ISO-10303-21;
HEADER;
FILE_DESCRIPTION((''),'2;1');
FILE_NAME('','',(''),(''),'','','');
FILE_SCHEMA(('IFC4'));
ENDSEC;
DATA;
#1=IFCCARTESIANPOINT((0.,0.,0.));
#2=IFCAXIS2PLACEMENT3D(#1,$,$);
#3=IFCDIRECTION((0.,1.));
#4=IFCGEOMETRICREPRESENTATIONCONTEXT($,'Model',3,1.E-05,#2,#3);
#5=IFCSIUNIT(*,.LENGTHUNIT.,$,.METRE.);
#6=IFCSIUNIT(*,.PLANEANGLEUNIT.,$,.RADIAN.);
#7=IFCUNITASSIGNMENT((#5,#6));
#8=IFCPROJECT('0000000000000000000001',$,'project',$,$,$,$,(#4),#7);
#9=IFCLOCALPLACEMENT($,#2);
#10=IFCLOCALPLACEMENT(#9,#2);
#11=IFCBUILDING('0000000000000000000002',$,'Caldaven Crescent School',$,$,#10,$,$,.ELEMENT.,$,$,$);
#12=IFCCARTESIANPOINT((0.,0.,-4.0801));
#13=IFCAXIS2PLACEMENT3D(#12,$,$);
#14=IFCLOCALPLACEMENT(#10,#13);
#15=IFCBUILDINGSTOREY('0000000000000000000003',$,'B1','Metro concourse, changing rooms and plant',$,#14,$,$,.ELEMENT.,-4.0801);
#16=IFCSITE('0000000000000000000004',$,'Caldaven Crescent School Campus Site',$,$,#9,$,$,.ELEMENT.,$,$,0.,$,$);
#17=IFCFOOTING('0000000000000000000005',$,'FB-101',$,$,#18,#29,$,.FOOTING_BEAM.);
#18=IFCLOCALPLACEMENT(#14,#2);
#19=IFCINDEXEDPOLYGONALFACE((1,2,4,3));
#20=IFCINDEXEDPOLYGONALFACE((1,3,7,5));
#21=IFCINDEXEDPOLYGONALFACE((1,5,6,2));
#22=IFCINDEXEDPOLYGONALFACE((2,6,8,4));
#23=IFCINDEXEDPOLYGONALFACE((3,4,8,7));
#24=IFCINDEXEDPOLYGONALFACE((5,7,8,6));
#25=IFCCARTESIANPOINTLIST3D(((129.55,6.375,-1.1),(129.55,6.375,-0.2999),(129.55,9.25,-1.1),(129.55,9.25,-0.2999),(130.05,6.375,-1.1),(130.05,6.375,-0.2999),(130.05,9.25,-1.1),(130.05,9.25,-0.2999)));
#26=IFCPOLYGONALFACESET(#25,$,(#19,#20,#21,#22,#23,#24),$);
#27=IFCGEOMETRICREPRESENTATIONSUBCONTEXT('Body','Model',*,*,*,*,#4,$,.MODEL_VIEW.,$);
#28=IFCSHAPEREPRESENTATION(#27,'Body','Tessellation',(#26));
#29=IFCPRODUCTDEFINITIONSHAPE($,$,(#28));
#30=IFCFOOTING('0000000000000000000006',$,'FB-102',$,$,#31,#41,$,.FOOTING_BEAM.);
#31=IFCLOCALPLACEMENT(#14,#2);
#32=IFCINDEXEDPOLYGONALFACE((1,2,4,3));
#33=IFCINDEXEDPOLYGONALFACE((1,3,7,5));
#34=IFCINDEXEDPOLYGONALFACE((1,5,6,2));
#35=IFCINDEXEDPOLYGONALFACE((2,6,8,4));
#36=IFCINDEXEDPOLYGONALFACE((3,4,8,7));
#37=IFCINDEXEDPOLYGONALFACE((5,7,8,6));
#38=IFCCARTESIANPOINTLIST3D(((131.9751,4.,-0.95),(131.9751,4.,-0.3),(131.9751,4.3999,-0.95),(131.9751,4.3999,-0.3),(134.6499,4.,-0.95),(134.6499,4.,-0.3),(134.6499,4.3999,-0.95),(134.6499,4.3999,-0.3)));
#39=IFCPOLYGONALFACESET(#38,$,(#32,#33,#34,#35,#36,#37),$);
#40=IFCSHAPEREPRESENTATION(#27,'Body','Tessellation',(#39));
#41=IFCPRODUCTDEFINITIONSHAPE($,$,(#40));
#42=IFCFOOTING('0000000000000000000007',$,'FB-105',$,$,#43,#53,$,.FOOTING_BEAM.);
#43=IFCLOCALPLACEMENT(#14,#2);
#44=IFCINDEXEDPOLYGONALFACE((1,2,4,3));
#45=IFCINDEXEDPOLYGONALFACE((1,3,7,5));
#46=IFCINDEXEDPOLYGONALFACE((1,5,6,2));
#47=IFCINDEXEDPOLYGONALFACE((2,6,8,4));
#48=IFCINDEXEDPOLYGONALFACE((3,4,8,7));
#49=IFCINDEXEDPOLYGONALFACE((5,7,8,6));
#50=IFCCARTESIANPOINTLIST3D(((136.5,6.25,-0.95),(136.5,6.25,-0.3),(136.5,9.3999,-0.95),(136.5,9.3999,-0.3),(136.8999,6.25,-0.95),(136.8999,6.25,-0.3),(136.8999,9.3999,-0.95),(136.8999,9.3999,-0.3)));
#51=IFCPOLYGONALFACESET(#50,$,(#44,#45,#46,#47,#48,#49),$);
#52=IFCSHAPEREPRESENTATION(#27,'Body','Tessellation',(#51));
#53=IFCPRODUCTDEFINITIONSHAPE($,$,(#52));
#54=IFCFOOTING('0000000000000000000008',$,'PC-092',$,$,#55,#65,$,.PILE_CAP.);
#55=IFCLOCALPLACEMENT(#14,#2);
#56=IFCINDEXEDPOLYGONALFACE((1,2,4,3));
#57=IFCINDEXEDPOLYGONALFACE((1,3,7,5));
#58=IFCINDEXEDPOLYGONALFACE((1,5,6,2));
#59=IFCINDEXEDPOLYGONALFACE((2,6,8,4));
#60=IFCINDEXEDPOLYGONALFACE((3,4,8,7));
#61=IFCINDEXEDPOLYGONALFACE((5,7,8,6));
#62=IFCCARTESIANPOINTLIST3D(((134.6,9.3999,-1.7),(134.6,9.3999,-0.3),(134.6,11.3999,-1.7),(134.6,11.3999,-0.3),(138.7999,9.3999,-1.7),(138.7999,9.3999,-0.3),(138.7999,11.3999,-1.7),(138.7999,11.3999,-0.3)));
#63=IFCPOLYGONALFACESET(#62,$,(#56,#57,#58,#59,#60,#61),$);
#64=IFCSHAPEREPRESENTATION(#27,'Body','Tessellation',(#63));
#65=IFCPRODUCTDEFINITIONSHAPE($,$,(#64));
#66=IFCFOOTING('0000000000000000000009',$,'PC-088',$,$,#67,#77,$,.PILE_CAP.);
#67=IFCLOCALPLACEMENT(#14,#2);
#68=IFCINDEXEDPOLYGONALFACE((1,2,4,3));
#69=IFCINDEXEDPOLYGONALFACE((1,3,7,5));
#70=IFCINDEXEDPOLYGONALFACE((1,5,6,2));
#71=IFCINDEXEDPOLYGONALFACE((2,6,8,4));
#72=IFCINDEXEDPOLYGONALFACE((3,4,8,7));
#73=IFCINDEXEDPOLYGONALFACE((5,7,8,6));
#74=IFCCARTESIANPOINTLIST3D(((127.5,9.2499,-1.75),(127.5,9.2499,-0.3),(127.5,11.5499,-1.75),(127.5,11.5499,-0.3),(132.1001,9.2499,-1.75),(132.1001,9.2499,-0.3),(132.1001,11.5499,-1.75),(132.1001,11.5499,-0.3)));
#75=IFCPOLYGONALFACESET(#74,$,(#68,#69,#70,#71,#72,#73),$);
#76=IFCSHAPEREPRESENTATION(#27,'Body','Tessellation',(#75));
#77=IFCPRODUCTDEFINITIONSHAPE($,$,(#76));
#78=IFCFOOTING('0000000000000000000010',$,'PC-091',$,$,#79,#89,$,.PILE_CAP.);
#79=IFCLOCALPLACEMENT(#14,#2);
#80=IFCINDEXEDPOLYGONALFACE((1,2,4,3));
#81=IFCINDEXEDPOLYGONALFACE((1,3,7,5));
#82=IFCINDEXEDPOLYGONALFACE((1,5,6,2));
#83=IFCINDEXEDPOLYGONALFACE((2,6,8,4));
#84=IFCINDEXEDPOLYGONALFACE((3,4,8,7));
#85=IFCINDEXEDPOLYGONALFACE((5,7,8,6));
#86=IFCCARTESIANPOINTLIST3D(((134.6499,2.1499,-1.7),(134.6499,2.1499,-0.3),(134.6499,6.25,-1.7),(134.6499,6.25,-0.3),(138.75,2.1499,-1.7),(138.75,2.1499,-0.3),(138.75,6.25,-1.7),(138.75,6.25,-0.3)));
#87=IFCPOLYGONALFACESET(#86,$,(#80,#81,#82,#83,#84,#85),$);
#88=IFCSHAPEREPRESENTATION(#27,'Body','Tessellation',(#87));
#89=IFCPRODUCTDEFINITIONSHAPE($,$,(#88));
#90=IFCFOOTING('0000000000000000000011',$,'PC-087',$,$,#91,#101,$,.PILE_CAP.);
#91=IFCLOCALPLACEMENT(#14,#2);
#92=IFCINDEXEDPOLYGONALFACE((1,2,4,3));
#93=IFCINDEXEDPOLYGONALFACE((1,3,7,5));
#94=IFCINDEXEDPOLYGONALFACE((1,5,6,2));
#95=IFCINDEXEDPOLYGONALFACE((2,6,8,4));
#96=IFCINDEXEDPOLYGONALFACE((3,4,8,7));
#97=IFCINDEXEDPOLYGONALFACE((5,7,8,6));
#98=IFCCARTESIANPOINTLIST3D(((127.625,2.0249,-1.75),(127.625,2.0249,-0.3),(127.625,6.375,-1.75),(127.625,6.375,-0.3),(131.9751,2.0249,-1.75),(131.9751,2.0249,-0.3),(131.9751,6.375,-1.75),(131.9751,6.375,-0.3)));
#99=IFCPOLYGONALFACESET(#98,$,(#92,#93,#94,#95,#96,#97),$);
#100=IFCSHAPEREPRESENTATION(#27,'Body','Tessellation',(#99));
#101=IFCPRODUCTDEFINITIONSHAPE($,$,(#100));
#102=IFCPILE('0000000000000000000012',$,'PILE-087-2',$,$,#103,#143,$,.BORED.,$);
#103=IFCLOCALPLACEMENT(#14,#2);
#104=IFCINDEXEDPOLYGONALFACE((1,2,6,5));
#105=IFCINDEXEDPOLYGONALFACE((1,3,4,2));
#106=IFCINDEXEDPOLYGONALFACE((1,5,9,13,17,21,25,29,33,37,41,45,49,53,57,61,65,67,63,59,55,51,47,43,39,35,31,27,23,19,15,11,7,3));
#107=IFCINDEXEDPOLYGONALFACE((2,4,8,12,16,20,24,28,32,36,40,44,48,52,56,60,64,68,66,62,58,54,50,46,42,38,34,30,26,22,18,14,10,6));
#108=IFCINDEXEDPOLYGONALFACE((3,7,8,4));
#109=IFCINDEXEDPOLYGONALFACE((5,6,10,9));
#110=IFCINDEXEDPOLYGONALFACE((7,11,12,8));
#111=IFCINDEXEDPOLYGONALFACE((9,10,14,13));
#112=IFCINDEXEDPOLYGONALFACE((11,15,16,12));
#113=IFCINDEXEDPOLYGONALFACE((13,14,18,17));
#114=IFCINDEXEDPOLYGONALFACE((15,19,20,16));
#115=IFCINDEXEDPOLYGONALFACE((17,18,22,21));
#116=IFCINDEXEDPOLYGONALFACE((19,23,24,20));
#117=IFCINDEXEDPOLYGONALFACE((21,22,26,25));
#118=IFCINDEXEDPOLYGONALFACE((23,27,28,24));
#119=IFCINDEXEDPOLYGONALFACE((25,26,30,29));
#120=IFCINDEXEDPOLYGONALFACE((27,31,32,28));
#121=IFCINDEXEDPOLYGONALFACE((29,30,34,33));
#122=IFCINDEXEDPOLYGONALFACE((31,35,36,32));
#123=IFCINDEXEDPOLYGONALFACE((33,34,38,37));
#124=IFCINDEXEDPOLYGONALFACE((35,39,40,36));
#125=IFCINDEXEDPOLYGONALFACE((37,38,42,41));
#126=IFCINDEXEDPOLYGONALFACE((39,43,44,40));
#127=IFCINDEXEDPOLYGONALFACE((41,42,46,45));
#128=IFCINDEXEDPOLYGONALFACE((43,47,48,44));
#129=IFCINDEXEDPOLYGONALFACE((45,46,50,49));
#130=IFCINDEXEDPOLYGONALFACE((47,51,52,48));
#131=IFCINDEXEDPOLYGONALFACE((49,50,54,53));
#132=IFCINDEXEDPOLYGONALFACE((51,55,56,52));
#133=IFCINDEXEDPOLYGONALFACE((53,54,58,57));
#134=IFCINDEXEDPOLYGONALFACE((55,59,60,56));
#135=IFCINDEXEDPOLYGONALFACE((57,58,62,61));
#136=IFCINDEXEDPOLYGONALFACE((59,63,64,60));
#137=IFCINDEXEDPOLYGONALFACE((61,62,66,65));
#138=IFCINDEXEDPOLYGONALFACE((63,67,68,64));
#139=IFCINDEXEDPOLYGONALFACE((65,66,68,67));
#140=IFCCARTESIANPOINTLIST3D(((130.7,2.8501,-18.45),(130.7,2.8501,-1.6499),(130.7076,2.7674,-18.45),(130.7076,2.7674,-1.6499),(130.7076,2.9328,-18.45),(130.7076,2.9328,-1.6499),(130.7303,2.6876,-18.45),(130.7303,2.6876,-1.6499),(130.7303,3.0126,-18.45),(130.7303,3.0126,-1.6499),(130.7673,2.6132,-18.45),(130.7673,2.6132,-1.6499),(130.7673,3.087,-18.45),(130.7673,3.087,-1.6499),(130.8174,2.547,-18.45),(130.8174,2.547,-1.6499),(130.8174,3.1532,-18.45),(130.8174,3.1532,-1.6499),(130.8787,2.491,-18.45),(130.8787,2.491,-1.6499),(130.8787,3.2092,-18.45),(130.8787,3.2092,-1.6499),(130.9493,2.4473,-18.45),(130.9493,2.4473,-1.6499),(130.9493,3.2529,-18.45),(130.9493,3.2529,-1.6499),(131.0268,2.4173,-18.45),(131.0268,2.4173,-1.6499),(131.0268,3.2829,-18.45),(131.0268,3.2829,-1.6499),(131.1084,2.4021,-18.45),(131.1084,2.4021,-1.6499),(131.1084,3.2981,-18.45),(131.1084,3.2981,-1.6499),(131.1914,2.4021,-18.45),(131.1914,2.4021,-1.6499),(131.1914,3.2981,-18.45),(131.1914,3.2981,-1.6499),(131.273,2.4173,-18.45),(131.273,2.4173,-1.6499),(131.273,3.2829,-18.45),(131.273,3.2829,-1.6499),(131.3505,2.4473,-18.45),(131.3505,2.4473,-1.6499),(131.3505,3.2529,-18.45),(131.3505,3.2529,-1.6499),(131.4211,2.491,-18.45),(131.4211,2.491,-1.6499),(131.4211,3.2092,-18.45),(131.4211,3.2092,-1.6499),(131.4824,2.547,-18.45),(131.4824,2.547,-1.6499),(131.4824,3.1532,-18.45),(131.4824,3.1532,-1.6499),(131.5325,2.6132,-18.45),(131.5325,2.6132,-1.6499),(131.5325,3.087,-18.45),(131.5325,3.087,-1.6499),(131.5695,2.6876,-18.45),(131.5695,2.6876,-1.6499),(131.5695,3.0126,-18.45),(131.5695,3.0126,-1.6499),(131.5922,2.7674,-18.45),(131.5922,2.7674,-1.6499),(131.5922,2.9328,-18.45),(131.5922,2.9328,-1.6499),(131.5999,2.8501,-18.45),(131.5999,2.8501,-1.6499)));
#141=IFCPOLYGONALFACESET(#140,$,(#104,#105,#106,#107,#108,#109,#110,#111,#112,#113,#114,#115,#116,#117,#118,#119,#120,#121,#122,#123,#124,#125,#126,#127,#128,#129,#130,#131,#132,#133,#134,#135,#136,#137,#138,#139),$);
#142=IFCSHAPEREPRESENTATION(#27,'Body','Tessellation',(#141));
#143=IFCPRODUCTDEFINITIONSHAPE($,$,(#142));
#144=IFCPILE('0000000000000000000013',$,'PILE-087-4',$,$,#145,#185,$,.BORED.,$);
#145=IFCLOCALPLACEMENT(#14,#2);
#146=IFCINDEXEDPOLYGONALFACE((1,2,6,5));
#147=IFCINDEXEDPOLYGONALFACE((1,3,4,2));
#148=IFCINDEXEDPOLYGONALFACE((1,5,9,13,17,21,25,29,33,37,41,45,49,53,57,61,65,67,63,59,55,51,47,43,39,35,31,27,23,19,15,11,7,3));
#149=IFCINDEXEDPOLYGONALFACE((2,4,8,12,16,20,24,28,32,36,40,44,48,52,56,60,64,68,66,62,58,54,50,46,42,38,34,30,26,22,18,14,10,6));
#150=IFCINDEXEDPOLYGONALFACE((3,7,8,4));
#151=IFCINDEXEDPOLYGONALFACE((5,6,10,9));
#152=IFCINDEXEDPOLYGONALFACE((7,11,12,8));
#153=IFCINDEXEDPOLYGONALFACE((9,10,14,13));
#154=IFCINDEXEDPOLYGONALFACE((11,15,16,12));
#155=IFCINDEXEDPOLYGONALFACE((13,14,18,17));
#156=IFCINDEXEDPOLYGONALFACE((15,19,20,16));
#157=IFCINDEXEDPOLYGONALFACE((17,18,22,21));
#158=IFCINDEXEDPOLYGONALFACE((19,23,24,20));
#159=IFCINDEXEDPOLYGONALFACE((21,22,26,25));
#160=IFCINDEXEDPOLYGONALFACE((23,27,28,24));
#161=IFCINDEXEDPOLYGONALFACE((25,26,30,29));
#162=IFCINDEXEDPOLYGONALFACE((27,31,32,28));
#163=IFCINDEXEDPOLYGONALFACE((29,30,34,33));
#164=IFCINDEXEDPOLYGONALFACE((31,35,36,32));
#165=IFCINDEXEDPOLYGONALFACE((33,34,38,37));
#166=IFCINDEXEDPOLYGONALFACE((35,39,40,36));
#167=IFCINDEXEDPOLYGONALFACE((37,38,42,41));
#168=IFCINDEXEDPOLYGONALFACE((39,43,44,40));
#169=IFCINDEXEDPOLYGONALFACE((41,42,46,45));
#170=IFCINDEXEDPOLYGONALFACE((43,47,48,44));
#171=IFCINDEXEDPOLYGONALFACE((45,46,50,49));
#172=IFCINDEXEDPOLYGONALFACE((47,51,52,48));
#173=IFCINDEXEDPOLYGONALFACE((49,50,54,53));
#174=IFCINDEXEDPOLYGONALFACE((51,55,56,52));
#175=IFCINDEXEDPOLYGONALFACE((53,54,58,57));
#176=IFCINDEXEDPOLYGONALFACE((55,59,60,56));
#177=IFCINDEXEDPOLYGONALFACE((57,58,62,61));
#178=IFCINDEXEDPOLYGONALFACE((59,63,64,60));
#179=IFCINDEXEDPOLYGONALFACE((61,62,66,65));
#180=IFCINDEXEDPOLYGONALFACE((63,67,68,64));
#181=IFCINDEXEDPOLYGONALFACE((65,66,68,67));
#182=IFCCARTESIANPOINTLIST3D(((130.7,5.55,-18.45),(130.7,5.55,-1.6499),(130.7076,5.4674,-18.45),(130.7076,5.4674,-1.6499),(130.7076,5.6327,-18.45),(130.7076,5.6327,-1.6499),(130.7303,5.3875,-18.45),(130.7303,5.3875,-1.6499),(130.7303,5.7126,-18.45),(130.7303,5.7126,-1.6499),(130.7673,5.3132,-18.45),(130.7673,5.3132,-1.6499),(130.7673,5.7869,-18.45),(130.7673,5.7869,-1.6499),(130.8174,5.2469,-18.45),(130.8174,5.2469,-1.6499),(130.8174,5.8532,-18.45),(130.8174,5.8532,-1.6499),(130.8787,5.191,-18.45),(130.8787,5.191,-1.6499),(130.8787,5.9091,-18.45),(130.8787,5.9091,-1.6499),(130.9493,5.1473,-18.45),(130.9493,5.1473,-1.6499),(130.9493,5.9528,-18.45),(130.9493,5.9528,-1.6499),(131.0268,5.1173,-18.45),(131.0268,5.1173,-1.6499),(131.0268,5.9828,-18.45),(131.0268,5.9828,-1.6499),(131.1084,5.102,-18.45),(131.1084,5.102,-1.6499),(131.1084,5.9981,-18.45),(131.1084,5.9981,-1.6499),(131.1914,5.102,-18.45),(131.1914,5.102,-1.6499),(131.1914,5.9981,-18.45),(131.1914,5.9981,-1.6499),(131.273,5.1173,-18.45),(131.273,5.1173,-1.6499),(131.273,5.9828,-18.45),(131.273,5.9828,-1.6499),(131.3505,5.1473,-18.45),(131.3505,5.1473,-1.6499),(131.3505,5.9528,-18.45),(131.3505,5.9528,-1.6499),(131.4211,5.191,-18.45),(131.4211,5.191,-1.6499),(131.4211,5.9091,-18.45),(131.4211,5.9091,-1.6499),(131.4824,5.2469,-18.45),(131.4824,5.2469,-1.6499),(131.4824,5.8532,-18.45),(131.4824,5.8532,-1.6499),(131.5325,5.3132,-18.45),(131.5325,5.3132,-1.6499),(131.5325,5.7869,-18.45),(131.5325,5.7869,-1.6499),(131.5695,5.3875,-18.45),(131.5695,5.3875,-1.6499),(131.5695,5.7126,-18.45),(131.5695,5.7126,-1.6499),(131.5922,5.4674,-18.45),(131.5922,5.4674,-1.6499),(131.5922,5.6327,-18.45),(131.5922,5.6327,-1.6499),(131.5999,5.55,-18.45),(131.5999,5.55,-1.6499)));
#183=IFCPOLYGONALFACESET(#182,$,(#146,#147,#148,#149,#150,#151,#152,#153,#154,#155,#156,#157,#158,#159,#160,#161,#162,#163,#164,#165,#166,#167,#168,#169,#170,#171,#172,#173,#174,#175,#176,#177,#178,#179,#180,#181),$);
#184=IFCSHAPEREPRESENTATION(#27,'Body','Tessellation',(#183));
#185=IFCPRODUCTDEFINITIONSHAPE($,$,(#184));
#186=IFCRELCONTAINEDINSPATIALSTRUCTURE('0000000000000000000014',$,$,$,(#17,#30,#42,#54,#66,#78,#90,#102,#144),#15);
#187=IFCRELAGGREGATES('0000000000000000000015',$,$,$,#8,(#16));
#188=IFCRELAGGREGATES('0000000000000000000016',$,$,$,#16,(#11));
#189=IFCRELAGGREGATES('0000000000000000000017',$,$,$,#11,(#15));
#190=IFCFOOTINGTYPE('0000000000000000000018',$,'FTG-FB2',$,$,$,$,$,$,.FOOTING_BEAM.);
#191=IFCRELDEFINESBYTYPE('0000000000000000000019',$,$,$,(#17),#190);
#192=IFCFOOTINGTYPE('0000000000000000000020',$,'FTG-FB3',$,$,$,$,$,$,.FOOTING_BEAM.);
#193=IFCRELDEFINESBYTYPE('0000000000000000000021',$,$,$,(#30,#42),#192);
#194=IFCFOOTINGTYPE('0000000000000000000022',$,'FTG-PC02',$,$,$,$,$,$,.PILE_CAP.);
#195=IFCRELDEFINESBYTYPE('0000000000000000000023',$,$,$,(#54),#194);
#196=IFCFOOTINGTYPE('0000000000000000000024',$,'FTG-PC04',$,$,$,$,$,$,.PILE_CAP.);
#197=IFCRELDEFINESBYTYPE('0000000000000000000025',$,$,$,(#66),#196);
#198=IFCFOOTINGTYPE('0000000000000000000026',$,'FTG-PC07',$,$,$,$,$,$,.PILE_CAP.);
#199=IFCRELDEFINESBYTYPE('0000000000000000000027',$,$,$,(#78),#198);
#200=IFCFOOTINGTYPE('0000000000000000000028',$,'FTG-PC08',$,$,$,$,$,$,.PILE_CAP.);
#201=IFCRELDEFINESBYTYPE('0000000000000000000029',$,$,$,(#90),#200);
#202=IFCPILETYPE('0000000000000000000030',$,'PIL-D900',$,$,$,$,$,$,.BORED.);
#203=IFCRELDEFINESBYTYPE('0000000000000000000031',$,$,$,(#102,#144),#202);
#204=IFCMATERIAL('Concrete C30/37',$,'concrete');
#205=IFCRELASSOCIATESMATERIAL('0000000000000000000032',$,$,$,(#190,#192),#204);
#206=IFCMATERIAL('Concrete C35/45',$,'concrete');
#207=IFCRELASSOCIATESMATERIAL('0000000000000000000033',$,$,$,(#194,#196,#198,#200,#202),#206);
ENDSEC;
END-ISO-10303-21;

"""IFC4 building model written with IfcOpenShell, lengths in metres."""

from ifc_helpers import new_model, si_unit, direction, frame, origin, origin_2d, place, context, subcontext, project, spatial, rectangle, circle, extrude, material, material_profile, profile_set, type_object, element, save


model = new_model("IFC4")

# Units and contexts
model_context = context("Model", 3, precision=1e-05, world=origin(), true_north=direction((0.0, 1.0)))
body_context = subcontext(model_context, "Body", "Model", "MODEL_VIEW")
ifc_project = project(units=[si_unit("LENGTHUNIT", "METRE"), si_unit("PLANEANGLEUNIT", "RADIAN")], contexts=[model_context])

# Site, building, storey
site_placement = place(None, origin())
site = spatial("IfcSite", under=ifc_project, at=site_placement, Name="Caldaven Crescent School Campus Site", CompositionType="ELEMENT", RefElevation=0.0)
building_placement = place(site_placement, origin())
building = spatial("IfcBuilding", under=site, at=building_placement, Name="Caldaven Crescent School", CompositionType="ELEMENT")
storey_placement = place(building_placement, frame((0.0, 0.0, -4.0801)))
storey = spatial("IfcBuildingStorey", under=building, at=storey_placement, Name="B1", Description="Metro concourse, changing rooms and plant", CompositionType="ELEMENT", Elevation=-4.0801)

# Footings
ifc_material_1 = material(Name="Concrete C30/37", Category="concrete")
ifc_material_profile_1 = material_profile(ifc_material_1, rectangle(XDim=0.5, YDim=0.8, at=origin_2d()), Name="FB 500x800")
ifc_profile_set_1 = profile_set([ifc_material_profile_1], Name="Concrete C30/37")
footing_type_1 = type_object("IfcFootingType", Name="FTG-FB2", PredefinedType="FOOTING_BEAM", material=ifc_profile_set_1)
footing_1_placement = place(storey_placement, frame((129.8, 6.375, -0.7), z_axis=(0.0, 1.0, 0.0), x_axis=(-1.0, 0.0, 0.0)))
element("IfcFooting", 1, at=footing_1_placement, inside=storey, type_object=footing_type_1, Name="FB-101", PredefinedType="FOOTING_BEAM", context=body_context, shape_type="SweptSolid", body=[
    extrude(rectangle(XDim=0.5, YDim=0.8, at=origin_2d()), origin(), (0.0, 0.0, 1.0), 2.875),
])
ifc_material_profile_2 = material_profile(ifc_material_1, rectangle(XDim=0.3999, YDim=0.6499, at=origin_2d()), Name="FB 400x650")
ifc_profile_set_2 = profile_set([ifc_material_profile_2], Name="Concrete C30/37")
footing_type_2 = type_object("IfcFootingType", Name="FTG-FB3", PredefinedType="FOOTING_BEAM", material=ifc_profile_set_2)
footing_2_placement = place(storey_placement, frame((131.9751, 4.2, -0.625), z_axis=(1.0, 0.0, 0.0), x_axis=(0.0, 1.0, 0.0)))
element("IfcFooting", 2, at=footing_2_placement, inside=storey, type_object=footing_type_2, Name="FB-102", PredefinedType="FOOTING_BEAM", context=body_context, shape_type="SweptSolid", body=[
    extrude(rectangle(XDim=0.3999, YDim=0.6499, at=origin_2d()), origin(), (0.0, 0.0, 1.0), 2.6748),
])
footing_3_placement = place(storey_placement, frame((136.7, 6.25, -0.625), z_axis=(0.0, 1.0, 0.0), x_axis=(-1.0, 0.0, 0.0)))
element("IfcFooting", 3, at=footing_3_placement, inside=storey, type_object=footing_type_2, Name="FB-105", PredefinedType="FOOTING_BEAM", context=body_context, shape_type="SweptSolid", body=[
    extrude(rectangle(XDim=0.3999, YDim=0.6499, at=origin_2d()), origin(), (0.0, 0.0, 1.0), 3.1499),
])
ifc_material_2 = material(Name="Concrete C35/45", Category="concrete")
footing_type_3 = type_object("IfcFootingType", Name="FTG-PC02", PredefinedType="PILE_CAP", material=ifc_material_2)
footing_4_placement = place(storey_placement, frame((136.7, 10.3999, -1.7), z_axis=(0.0, 0.0, 1.0), x_axis=(1.0, 0.0, 0.0)))
element("IfcFooting", 4, at=footing_4_placement, inside=storey, type_object=footing_type_3, Name="PC-092", PredefinedType="PILE_CAP", context=body_context, shape_type="SweptSolid", body=[
    extrude(rectangle(XDim=4.2, YDim=2.0, at=origin_2d()), origin(), (0.0, 0.0, 1.0), 1.3999),
])
footing_type_4 = type_object("IfcFootingType", Name="FTG-PC04", PredefinedType="PILE_CAP", material=ifc_material_2)
footing_5_placement = place(storey_placement, frame((129.8, 10.3999, -1.75), z_axis=(0.0, 0.0, 1.0), x_axis=(1.0, 0.0, 0.0)))
element("IfcFooting", 5, at=footing_5_placement, inside=storey, type_object=footing_type_4, Name="PC-088", PredefinedType="PILE_CAP", context=body_context, shape_type="SweptSolid", body=[
    extrude(rectangle(XDim=4.6001, YDim=2.3, at=origin_2d()), origin(), (0.0, 0.0, 1.0), 1.45),
])
footing_type_5 = type_object("IfcFootingType", Name="FTG-PC07", PredefinedType="PILE_CAP", material=ifc_material_2)
footing_6_placement = place(storey_placement, frame((136.7, 4.2, -1.7), z_axis=(0.0, 0.0, 1.0), x_axis=(1.0, 0.0, 0.0)))
element("IfcFooting", 6, at=footing_6_placement, inside=storey, type_object=footing_type_5, Name="PC-091", PredefinedType="PILE_CAP", context=body_context, shape_type="SweptSolid", body=[
    extrude(rectangle(XDim=4.1001, YDim=4.1001, at=origin_2d()), origin(), (0.0, 0.0, 1.0), 1.3999),
])
footing_type_6 = type_object("IfcFootingType", Name="FTG-PC08", PredefinedType="PILE_CAP", material=ifc_material_2)
footing_7_placement = place(storey_placement, frame((129.8, 4.2, -1.75), z_axis=(0.0, 0.0, 1.0), x_axis=(1.0, 0.0, 0.0)))
element("IfcFooting", 7, at=footing_7_placement, inside=storey, type_object=footing_type_6, Name="PC-087", PredefinedType="PILE_CAP", context=body_context, shape_type="SweptSolid", body=[
    extrude(rectangle(XDim=4.3501, YDim=4.3501, at=origin_2d()), origin(), (0.0, 0.0, 1.0), 1.45),
])

# Piles
ifc_material_profile_3 = material_profile(ifc_material_2, circle(Radius=0.45, at=origin_2d()), Name="PILE D900")
ifc_profile_set_3 = profile_set([ifc_material_profile_3], Name="Concrete C35/45")
pile_type = type_object("IfcPileType", Name="PIL-D900", PredefinedType="BORED", material=ifc_profile_set_3)
for number, where, z_axis, x_axis, name in (
    (8, (131.1499, 2.8501, -1.6499), (0.0, 0.0, -1.0), (1.0, 0.0, 0.0), "PILE-087-2"),
    (9, (131.1499, 5.55, -1.6499), (0.0, 0.0, -1.0), (1.0, 0.0, 0.0), "PILE-087-4"),
):
    element("IfcPile", number, at=place(storey_placement, frame(where, z_axis=z_axis, x_axis=x_axis)), inside=storey, type_object=pile_type, Name=name, PredefinedType="BORED", context=body_context, shape_type="SweptSolid", body=[
        extrude(circle(Radius=0.45, at=origin_2d()), origin(), (0.0, 0.0, 1.0), 16.8),
    ])

save(model, "model.ifc")
